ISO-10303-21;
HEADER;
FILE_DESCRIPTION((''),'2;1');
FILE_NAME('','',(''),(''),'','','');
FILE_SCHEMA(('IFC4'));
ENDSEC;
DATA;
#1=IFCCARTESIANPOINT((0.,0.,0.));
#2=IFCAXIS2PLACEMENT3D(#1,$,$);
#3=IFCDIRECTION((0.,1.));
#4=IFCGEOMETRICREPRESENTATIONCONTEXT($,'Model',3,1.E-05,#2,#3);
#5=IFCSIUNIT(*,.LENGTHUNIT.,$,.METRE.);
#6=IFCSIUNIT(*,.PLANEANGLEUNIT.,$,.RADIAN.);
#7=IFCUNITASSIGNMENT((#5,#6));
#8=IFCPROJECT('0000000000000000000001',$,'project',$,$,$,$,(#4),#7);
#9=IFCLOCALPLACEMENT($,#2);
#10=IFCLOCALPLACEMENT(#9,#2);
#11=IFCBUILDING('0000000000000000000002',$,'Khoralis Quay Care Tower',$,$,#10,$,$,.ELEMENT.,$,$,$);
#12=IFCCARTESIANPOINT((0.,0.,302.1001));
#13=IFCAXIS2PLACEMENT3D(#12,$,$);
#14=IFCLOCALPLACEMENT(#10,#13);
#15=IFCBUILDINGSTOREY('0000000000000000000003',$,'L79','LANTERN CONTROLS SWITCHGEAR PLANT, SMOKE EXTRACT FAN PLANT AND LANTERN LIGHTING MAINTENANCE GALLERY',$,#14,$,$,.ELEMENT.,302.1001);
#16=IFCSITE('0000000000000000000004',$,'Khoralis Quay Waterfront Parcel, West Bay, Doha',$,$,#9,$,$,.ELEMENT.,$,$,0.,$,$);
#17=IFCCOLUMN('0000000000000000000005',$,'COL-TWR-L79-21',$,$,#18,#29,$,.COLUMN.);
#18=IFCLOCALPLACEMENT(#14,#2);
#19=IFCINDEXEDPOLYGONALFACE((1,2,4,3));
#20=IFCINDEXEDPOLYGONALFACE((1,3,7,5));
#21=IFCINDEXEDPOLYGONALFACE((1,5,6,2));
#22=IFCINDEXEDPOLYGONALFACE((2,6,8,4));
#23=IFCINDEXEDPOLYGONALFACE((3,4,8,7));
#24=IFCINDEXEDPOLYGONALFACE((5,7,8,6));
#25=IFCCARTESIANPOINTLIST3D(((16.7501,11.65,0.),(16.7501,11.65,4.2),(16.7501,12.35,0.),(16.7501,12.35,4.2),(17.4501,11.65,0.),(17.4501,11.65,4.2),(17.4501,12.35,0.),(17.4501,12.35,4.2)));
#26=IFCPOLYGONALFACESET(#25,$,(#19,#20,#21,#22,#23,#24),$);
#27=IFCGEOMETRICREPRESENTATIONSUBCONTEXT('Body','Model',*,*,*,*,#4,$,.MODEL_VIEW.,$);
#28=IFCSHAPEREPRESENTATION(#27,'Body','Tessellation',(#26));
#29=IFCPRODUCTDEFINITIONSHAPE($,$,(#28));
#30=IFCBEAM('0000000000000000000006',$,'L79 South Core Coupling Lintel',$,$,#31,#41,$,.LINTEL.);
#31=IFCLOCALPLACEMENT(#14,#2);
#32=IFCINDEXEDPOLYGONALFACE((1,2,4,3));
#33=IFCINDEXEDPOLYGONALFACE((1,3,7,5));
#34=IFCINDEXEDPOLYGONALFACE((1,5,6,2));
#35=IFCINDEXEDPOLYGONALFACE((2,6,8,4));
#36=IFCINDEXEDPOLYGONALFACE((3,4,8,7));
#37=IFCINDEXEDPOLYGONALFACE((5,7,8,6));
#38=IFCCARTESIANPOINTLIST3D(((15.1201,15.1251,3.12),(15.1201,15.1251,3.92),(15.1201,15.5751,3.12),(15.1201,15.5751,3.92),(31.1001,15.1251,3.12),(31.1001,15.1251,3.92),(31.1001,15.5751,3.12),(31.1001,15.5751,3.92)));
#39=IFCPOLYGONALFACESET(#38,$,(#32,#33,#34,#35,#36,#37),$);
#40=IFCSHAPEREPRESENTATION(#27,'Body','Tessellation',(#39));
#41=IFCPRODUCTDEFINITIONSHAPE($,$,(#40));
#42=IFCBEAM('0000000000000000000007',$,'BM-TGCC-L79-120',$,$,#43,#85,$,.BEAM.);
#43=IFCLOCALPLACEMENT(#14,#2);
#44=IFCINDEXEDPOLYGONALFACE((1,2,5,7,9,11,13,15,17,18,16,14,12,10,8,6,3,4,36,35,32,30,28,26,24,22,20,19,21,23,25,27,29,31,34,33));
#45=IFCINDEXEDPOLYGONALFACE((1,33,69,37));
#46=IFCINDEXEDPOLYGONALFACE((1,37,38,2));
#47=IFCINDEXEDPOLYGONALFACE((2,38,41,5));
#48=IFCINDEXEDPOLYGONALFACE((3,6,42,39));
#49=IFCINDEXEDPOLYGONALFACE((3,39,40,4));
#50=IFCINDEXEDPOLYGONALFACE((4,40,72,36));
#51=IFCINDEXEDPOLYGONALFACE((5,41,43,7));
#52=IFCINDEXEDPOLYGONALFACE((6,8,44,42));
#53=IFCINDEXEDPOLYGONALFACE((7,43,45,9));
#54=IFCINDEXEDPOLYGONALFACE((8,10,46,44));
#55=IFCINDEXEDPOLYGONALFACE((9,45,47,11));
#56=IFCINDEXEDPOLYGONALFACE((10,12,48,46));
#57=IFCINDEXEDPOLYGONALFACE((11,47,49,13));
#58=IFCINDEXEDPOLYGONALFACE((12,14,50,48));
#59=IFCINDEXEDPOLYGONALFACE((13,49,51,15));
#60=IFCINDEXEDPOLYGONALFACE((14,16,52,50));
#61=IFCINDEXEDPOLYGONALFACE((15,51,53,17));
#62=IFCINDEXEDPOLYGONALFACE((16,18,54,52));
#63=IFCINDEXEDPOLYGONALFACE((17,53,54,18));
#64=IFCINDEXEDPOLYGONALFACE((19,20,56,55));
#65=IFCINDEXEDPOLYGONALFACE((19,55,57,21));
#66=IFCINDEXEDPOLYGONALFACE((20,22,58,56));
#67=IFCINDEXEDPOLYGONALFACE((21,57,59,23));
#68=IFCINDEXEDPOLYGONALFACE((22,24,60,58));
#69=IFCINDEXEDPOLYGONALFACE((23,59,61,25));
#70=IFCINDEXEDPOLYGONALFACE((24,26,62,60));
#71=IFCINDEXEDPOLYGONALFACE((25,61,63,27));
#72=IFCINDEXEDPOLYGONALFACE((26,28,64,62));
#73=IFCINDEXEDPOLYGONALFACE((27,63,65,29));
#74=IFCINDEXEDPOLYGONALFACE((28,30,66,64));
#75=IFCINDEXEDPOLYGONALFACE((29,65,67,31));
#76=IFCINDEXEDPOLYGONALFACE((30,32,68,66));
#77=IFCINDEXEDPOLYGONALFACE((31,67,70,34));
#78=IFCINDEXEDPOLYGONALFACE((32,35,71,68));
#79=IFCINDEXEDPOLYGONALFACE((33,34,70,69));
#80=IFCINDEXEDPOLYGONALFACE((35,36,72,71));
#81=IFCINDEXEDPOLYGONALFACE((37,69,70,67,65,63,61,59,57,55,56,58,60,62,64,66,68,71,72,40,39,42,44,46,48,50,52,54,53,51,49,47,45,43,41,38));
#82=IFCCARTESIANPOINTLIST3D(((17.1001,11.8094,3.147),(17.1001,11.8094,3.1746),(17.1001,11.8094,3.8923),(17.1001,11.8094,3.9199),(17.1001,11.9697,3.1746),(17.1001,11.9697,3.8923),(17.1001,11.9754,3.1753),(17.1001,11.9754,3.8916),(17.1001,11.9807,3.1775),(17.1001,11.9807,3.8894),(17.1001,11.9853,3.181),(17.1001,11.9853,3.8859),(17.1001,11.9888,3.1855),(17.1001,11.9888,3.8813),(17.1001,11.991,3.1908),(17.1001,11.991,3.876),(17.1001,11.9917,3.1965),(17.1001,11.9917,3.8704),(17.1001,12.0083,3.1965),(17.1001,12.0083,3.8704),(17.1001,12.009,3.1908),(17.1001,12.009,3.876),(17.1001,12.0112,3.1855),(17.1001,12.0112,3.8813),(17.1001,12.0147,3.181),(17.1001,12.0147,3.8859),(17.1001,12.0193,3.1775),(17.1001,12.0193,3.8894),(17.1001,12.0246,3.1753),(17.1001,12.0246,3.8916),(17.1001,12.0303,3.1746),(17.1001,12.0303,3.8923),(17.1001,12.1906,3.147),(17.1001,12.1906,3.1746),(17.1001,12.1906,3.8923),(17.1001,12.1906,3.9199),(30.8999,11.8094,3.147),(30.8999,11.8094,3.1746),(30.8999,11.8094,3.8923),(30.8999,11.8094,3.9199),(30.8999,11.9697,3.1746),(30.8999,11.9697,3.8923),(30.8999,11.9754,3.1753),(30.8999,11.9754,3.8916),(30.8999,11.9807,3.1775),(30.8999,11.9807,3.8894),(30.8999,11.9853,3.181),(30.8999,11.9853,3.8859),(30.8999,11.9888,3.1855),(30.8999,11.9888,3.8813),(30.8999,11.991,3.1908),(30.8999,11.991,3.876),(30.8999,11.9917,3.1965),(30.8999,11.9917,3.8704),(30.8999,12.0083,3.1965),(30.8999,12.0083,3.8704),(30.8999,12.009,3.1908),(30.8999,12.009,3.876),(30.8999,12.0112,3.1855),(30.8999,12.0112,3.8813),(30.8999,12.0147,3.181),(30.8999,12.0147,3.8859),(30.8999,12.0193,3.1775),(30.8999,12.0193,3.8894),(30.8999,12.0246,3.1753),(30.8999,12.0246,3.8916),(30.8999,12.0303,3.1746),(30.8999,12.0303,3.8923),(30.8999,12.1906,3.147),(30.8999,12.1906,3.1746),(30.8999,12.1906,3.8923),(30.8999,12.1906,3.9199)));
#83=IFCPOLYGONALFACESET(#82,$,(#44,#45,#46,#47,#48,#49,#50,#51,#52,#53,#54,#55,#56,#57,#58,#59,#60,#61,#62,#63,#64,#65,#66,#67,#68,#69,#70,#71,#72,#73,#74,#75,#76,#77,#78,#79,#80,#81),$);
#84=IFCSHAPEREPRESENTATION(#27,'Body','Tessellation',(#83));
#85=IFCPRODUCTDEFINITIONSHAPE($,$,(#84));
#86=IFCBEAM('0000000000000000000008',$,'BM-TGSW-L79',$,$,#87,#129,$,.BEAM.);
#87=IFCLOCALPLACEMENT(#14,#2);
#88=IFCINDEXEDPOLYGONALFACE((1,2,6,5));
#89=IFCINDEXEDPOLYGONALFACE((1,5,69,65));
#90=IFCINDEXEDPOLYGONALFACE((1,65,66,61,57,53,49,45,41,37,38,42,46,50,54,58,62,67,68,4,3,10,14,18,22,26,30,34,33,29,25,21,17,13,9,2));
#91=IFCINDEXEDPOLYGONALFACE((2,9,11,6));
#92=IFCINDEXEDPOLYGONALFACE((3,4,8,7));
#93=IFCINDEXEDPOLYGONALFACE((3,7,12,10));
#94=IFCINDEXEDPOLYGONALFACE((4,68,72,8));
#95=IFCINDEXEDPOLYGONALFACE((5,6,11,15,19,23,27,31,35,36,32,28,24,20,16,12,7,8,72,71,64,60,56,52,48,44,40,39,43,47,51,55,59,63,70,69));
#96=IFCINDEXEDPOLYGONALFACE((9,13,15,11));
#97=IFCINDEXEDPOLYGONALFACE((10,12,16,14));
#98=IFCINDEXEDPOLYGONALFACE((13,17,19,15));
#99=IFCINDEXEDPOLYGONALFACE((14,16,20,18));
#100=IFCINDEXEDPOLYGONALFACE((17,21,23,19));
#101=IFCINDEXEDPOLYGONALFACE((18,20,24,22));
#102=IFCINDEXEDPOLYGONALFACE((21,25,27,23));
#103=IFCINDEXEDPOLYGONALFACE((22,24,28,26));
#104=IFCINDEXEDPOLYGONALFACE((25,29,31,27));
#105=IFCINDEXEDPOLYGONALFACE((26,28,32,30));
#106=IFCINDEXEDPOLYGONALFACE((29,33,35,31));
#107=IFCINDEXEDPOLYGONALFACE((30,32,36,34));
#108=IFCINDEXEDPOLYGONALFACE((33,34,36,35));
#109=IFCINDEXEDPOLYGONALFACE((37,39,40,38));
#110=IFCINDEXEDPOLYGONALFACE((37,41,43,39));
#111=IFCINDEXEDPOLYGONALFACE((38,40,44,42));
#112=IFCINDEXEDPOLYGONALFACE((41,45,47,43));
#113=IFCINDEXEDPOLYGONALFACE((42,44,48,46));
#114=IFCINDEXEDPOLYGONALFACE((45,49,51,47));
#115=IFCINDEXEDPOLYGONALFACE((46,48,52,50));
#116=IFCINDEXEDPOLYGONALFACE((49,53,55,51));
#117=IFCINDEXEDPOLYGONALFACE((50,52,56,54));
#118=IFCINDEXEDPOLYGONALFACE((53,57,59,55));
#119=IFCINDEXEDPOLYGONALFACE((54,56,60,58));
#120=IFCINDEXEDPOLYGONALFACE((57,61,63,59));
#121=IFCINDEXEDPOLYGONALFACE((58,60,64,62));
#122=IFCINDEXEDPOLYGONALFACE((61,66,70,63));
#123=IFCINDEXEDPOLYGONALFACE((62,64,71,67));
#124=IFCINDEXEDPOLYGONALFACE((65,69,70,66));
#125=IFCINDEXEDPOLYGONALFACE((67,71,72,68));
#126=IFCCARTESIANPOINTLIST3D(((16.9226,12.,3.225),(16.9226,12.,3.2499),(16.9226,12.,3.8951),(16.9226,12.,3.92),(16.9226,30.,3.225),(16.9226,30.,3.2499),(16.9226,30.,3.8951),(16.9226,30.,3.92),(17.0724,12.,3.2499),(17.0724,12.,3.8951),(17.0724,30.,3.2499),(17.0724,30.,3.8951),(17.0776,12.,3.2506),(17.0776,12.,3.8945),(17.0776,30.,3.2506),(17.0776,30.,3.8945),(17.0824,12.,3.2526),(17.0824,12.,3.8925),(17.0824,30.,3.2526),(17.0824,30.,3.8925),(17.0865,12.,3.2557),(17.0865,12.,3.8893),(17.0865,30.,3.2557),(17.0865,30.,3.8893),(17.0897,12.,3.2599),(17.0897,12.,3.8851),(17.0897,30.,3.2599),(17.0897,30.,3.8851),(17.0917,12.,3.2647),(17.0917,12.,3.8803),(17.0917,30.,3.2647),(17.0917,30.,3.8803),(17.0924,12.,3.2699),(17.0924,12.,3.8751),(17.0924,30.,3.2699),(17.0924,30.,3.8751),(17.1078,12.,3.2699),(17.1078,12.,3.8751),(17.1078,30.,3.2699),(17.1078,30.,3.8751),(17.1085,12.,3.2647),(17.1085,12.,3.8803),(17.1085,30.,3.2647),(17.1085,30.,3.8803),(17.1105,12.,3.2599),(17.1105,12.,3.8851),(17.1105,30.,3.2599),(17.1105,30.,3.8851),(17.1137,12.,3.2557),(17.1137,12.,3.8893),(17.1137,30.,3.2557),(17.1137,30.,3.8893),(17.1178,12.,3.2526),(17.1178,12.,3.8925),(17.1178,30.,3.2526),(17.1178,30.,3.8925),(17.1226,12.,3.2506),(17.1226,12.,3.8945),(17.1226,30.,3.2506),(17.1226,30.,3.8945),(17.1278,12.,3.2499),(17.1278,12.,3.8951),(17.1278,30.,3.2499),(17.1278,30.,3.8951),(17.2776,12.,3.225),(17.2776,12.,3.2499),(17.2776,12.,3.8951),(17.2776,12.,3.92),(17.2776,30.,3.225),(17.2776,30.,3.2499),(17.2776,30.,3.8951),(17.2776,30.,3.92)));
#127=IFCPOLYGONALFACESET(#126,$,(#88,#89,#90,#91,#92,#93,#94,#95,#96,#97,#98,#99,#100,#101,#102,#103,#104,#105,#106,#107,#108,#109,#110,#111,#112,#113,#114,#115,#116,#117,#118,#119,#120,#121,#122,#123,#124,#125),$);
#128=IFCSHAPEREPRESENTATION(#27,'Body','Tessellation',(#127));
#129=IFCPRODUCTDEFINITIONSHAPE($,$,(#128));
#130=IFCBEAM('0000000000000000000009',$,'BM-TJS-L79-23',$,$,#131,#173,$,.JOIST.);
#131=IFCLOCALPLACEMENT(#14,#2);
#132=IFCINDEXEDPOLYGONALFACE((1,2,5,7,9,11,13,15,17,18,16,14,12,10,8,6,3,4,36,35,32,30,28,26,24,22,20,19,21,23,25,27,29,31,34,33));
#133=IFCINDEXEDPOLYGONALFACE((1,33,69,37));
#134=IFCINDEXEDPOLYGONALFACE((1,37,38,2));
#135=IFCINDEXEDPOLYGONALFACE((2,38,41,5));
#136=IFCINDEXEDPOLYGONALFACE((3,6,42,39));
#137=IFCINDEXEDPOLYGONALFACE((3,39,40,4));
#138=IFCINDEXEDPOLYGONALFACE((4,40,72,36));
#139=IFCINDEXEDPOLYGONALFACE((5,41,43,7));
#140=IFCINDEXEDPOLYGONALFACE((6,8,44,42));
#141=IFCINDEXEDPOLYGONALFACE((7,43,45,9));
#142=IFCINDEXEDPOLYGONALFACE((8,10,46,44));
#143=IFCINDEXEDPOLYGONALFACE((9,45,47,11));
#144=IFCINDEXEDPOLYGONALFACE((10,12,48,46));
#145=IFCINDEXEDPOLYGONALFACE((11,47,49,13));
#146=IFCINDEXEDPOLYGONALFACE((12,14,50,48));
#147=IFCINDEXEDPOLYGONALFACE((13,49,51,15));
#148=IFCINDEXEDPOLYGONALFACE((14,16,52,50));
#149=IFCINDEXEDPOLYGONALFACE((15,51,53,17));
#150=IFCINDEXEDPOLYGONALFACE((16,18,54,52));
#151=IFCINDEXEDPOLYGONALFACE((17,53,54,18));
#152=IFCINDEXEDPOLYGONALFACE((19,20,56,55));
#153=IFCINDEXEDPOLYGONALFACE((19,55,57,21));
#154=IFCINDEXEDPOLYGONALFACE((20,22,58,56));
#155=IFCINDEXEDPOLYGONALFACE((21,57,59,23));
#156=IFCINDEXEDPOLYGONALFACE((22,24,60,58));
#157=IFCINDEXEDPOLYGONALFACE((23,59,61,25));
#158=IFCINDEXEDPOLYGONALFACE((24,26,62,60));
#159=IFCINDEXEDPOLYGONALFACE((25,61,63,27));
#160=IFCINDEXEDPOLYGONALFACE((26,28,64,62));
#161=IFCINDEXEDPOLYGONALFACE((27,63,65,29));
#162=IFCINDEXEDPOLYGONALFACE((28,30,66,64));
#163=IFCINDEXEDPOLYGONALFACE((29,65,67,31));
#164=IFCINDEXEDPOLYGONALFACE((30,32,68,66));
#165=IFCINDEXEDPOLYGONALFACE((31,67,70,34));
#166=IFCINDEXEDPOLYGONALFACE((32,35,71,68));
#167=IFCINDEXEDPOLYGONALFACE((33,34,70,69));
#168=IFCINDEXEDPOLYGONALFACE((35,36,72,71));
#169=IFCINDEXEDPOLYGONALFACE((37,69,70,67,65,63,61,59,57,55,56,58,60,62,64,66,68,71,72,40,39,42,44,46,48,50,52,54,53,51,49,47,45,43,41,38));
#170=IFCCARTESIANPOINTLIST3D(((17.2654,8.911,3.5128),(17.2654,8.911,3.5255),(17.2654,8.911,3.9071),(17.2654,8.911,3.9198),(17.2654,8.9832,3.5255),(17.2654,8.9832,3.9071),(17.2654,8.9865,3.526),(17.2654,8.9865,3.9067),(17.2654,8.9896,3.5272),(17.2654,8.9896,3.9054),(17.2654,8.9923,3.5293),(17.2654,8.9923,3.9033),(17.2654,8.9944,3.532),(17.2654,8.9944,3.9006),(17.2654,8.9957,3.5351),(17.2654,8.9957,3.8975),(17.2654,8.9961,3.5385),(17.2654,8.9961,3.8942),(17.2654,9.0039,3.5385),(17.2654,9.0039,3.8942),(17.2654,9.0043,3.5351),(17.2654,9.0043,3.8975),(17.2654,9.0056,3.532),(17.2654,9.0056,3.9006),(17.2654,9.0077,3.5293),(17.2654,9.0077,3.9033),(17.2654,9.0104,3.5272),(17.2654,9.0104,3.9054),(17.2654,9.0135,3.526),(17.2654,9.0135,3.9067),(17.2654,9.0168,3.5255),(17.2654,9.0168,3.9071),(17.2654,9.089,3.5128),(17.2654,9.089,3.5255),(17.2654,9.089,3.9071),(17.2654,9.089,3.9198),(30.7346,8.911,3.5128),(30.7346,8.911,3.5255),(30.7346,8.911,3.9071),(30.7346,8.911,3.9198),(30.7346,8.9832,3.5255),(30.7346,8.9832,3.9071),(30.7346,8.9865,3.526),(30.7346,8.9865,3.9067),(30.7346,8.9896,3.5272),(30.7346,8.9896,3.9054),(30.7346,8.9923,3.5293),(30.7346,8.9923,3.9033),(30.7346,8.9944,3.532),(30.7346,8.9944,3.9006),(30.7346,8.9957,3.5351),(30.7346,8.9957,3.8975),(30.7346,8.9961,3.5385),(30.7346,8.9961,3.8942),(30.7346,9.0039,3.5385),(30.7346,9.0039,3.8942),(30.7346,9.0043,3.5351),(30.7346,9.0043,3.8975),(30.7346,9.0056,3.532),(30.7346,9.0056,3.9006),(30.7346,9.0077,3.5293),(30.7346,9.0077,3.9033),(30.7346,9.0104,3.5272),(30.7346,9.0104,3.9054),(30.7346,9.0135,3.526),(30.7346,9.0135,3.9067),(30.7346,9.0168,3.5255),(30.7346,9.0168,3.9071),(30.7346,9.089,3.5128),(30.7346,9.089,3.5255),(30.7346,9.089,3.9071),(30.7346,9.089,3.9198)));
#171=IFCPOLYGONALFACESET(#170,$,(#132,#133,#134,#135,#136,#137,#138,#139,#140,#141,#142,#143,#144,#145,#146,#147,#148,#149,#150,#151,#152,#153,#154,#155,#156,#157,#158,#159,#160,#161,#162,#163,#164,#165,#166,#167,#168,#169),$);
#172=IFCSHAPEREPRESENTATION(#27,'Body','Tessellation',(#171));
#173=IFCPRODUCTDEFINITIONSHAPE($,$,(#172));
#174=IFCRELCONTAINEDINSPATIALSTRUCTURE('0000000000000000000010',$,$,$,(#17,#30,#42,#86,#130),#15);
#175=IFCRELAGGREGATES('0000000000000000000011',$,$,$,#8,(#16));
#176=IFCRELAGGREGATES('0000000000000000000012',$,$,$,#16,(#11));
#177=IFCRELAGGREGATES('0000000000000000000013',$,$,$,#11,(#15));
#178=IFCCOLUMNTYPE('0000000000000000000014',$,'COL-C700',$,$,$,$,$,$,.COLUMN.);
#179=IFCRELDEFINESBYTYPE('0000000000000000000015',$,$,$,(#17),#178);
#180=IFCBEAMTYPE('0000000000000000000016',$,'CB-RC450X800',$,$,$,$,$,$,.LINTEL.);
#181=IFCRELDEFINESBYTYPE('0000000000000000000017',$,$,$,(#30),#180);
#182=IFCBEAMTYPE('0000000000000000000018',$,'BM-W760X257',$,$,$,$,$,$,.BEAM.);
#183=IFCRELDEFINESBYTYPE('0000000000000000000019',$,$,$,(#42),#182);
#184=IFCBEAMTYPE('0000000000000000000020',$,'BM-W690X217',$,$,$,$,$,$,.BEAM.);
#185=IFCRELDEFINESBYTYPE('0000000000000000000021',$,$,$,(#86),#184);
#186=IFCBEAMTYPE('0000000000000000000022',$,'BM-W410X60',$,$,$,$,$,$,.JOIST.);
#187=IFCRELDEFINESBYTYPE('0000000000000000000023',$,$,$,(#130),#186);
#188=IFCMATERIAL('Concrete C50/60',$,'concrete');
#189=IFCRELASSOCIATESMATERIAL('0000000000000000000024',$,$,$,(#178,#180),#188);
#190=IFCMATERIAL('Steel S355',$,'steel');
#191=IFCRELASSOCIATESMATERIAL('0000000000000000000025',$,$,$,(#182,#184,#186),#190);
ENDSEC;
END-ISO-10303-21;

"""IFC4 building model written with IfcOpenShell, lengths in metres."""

from ifc_helpers import new_model, si_unit, direction, frame, origin, origin_2d, place, context, subcontext, project, spatial, rectangle, i_section, extrude, source, transform, mapped, material, material_profile, profile_set, type_object, element, save


model = new_model("IFC4")

# Units and contexts
model_context = context("Model", 3, precision=1e-05, world=origin(), true_north=direction((0.0, 1.0)))
body_context = subcontext(model_context, "Body", "Model", "MODEL_VIEW")
ifc_project = project(units=[si_unit("LENGTHUNIT", "METRE"), si_unit("PLANEANGLEUNIT", "RADIAN")], contexts=[model_context])

# Site, building, storey
site_placement = place(None, origin())
site = spatial("IfcSite", under=ifc_project, at=site_placement, Name="Khoralis Quay Waterfront Parcel, West Bay, Doha", CompositionType="ELEMENT", RefElevation=0.0)
building_placement = place(site_placement, origin())
building = spatial("IfcBuilding", under=site, at=building_placement, Name="Khoralis Quay Care Tower", CompositionType="ELEMENT")
storey_placement = place(building_placement, frame((0.0, 0.0, 302.1001)))
storey = spatial("IfcBuildingStorey", under=building, at=storey_placement, Name="L79", Description="LANTERN CONTROLS SWITCHGEAR PLANT, SMOKE EXTRACT FAN PLANT AND LANTERN LIGHTING MAINTENANCE GALLERY", CompositionType="ELEMENT", Elevation=302.1001)

# Column
ifc_material_1 = material(Name="Concrete C50/60", Category="concrete")
ifc_material_profile_1 = material_profile(ifc_material_1, rectangle(XDim=0.7, YDim=0.7, at=origin_2d()), Name="Concrete C50/60")
ifc_profile_set_1 = profile_set([ifc_material_profile_1], Name="Concrete C50/60")
column_type = type_object("IfcColumnType", Name="COL-C700", PredefinedType="COLUMN", material=ifc_profile_set_1)
shared_shape_1 = source(origin(), body_context, "Body", "SweptSolid", [
    extrude(rectangle(XDim=0.7, YDim=0.7, at=origin_2d()), origin(), (0.0, 0.0, 1.0), 4.2),
])
column_placement = place(storey_placement, frame((17.1001, 12.0, 0.0), z_axis=(0.0, 0.0, 1.0), x_axis=(1.0, 0.0, 0.0)))
element("IfcColumn", 1, at=column_placement, inside=storey, type_object=column_type, Name="COL-TWR-L79-21", PredefinedType="COLUMN", context=body_context, shape_type="MappedRepresentation", body=[
    mapped(shared_shape_1, transform((0.0, 0.0, 0.0), scale=1.0)),
])

# Beams
ifc_material_profile_2 = material_profile(ifc_material_1, rectangle(XDim=0.45, YDim=0.8, at=origin_2d()), Name="Concrete C50/60")
ifc_profile_set_2 = profile_set([ifc_material_profile_2], Name="Concrete C50/60")
beam_type_1 = type_object("IfcBeamType", Name="CB-RC450X800", PredefinedType="LINTEL", material=ifc_profile_set_2)
shared_shape_2 = source(origin(), body_context, "Body", "SweptSolid", [
    extrude(rectangle(XDim=0.45, YDim=0.8, at=origin_2d()), origin(), (0.0, 0.0, 1.0), 15.98),
])
beam_1_placement = place(storey_placement, frame((15.1201, 15.3501, 3.52), z_axis=(1.0, 0.0, 0.0), x_axis=(0.0, 1.0, 0.0)))
element("IfcBeam", 2, at=beam_1_placement, inside=storey, type_object=beam_type_1, Name="L79 South Core Coupling Lintel", PredefinedType="LINTEL", context=body_context, shape_type="MappedRepresentation", body=[
    mapped(shared_shape_2, transform((0.0, 0.0, 0.0), scale=1.0)),
])
ifc_material_2 = material(Name="Steel S355", Category="steel")
ifc_material_profile_3 = material_profile(ifc_material_2, i_section(OverallWidth=0.3811, OverallDepth=0.7729, WebThickness=0.0166, FlangeThickness=0.0276, FilletRadius=0.022, at=origin_2d()), Name="Steel S355")
ifc_profile_set_3 = profile_set([ifc_material_profile_3], Name="Steel S355")
beam_type_2 = type_object("IfcBeamType", Name="BM-W760X257", PredefinedType="BEAM", material=ifc_profile_set_3)
shared_shape_3 = source(origin(), body_context, "Body", "SweptSolid", [
    extrude(i_section(OverallWidth=0.3811, OverallDepth=0.7729, WebThickness=0.0166, FlangeThickness=0.0276, FilletRadius=0.022, at=origin_2d()), origin(), (0.0, 0.0, 1.0), 13.7998),
])
beam_2_placement = place(storey_placement, frame((17.1001, 12.0, 3.5334), z_axis=(1.0, 0.0, 0.0), x_axis=(0.0, 1.0, 0.0)))
element("IfcBeam", 3, at=beam_2_placement, inside=storey, type_object=beam_type_2, Name="BM-TGCC-L79-120", PredefinedType="BEAM", context=body_context, shape_type="MappedRepresentation", body=[
    mapped(shared_shape_3, transform((0.0, 0.0, 0.0), scale=1.0)),
])
ifc_material_profile_4 = material_profile(ifc_material_2, i_section(OverallWidth=0.355, OverallDepth=0.6951, WebThickness=0.0154, FlangeThickness=0.0249, FilletRadius=0.02, at=origin_2d()), Name="Steel S355")
ifc_profile_set_4 = profile_set([ifc_material_profile_4], Name="Steel S355")
beam_type_3 = type_object("IfcBeamType", Name="BM-W690X217", PredefinedType="BEAM", material=ifc_profile_set_4)
shared_shape_4 = source(origin(), body_context, "Body", "SweptSolid", [
    extrude(i_section(OverallWidth=0.355, OverallDepth=0.6951, WebThickness=0.0154, FlangeThickness=0.0249, FilletRadius=0.02, at=origin_2d()), origin(), (0.0, 0.0, 1.0), 18.0),
])
beam_3_placement = place(storey_placement, frame((17.1001, 12.0, 3.5725), z_axis=(0.0, 1.0, 0.0), x_axis=(-1.0, 0.0, 0.0)))
element("IfcBeam", 4, at=beam_3_placement, inside=storey, type_object=beam_type_3, Name="BM-TGSW-L79", PredefinedType="BEAM", context=body_context, shape_type="MappedRepresentation", body=[
    mapped(shared_shape_4, transform((0.0, 0.0, 0.0), scale=1.0)),
])
ifc_material_profile_5 = material_profile(ifc_material_2, i_section(OverallWidth=0.178, OverallDepth=0.407, WebThickness=0.0078, FlangeThickness=0.0127, FilletRadius=0.0129, at=origin_2d()), Name="Steel S355")
ifc_profile_set_5 = profile_set([ifc_material_profile_5], Name="Steel S355")
beam_type_4 = type_object("IfcBeamType", Name="BM-W410X60", PredefinedType="JOIST", material=ifc_profile_set_5)
shared_shape_5 = source(origin(), body_context, "Body", "SweptSolid", [
    extrude(i_section(OverallWidth=0.178, OverallDepth=0.407, WebThickness=0.0078, FlangeThickness=0.0127, FilletRadius=0.0129, at=origin_2d()), origin(), (0.0, 0.0, 1.0), 13.4692),
])
beam_4_placement = place(storey_placement, frame((17.2654, 9.0, 3.7163), z_axis=(1.0, 0.0, 0.0), x_axis=(0.0, 1.0, 0.0)))
element("IfcBeam", 5, at=beam_4_placement, inside=storey, type_object=beam_type_4, Name="BM-TJS-L79-23", PredefinedType="JOIST", context=body_context, shape_type="MappedRepresentation", body=[
    mapped(shared_shape_5, transform((0.0, 0.0, 0.0), scale=1.0)),
])

save(model, "model.ifc")
